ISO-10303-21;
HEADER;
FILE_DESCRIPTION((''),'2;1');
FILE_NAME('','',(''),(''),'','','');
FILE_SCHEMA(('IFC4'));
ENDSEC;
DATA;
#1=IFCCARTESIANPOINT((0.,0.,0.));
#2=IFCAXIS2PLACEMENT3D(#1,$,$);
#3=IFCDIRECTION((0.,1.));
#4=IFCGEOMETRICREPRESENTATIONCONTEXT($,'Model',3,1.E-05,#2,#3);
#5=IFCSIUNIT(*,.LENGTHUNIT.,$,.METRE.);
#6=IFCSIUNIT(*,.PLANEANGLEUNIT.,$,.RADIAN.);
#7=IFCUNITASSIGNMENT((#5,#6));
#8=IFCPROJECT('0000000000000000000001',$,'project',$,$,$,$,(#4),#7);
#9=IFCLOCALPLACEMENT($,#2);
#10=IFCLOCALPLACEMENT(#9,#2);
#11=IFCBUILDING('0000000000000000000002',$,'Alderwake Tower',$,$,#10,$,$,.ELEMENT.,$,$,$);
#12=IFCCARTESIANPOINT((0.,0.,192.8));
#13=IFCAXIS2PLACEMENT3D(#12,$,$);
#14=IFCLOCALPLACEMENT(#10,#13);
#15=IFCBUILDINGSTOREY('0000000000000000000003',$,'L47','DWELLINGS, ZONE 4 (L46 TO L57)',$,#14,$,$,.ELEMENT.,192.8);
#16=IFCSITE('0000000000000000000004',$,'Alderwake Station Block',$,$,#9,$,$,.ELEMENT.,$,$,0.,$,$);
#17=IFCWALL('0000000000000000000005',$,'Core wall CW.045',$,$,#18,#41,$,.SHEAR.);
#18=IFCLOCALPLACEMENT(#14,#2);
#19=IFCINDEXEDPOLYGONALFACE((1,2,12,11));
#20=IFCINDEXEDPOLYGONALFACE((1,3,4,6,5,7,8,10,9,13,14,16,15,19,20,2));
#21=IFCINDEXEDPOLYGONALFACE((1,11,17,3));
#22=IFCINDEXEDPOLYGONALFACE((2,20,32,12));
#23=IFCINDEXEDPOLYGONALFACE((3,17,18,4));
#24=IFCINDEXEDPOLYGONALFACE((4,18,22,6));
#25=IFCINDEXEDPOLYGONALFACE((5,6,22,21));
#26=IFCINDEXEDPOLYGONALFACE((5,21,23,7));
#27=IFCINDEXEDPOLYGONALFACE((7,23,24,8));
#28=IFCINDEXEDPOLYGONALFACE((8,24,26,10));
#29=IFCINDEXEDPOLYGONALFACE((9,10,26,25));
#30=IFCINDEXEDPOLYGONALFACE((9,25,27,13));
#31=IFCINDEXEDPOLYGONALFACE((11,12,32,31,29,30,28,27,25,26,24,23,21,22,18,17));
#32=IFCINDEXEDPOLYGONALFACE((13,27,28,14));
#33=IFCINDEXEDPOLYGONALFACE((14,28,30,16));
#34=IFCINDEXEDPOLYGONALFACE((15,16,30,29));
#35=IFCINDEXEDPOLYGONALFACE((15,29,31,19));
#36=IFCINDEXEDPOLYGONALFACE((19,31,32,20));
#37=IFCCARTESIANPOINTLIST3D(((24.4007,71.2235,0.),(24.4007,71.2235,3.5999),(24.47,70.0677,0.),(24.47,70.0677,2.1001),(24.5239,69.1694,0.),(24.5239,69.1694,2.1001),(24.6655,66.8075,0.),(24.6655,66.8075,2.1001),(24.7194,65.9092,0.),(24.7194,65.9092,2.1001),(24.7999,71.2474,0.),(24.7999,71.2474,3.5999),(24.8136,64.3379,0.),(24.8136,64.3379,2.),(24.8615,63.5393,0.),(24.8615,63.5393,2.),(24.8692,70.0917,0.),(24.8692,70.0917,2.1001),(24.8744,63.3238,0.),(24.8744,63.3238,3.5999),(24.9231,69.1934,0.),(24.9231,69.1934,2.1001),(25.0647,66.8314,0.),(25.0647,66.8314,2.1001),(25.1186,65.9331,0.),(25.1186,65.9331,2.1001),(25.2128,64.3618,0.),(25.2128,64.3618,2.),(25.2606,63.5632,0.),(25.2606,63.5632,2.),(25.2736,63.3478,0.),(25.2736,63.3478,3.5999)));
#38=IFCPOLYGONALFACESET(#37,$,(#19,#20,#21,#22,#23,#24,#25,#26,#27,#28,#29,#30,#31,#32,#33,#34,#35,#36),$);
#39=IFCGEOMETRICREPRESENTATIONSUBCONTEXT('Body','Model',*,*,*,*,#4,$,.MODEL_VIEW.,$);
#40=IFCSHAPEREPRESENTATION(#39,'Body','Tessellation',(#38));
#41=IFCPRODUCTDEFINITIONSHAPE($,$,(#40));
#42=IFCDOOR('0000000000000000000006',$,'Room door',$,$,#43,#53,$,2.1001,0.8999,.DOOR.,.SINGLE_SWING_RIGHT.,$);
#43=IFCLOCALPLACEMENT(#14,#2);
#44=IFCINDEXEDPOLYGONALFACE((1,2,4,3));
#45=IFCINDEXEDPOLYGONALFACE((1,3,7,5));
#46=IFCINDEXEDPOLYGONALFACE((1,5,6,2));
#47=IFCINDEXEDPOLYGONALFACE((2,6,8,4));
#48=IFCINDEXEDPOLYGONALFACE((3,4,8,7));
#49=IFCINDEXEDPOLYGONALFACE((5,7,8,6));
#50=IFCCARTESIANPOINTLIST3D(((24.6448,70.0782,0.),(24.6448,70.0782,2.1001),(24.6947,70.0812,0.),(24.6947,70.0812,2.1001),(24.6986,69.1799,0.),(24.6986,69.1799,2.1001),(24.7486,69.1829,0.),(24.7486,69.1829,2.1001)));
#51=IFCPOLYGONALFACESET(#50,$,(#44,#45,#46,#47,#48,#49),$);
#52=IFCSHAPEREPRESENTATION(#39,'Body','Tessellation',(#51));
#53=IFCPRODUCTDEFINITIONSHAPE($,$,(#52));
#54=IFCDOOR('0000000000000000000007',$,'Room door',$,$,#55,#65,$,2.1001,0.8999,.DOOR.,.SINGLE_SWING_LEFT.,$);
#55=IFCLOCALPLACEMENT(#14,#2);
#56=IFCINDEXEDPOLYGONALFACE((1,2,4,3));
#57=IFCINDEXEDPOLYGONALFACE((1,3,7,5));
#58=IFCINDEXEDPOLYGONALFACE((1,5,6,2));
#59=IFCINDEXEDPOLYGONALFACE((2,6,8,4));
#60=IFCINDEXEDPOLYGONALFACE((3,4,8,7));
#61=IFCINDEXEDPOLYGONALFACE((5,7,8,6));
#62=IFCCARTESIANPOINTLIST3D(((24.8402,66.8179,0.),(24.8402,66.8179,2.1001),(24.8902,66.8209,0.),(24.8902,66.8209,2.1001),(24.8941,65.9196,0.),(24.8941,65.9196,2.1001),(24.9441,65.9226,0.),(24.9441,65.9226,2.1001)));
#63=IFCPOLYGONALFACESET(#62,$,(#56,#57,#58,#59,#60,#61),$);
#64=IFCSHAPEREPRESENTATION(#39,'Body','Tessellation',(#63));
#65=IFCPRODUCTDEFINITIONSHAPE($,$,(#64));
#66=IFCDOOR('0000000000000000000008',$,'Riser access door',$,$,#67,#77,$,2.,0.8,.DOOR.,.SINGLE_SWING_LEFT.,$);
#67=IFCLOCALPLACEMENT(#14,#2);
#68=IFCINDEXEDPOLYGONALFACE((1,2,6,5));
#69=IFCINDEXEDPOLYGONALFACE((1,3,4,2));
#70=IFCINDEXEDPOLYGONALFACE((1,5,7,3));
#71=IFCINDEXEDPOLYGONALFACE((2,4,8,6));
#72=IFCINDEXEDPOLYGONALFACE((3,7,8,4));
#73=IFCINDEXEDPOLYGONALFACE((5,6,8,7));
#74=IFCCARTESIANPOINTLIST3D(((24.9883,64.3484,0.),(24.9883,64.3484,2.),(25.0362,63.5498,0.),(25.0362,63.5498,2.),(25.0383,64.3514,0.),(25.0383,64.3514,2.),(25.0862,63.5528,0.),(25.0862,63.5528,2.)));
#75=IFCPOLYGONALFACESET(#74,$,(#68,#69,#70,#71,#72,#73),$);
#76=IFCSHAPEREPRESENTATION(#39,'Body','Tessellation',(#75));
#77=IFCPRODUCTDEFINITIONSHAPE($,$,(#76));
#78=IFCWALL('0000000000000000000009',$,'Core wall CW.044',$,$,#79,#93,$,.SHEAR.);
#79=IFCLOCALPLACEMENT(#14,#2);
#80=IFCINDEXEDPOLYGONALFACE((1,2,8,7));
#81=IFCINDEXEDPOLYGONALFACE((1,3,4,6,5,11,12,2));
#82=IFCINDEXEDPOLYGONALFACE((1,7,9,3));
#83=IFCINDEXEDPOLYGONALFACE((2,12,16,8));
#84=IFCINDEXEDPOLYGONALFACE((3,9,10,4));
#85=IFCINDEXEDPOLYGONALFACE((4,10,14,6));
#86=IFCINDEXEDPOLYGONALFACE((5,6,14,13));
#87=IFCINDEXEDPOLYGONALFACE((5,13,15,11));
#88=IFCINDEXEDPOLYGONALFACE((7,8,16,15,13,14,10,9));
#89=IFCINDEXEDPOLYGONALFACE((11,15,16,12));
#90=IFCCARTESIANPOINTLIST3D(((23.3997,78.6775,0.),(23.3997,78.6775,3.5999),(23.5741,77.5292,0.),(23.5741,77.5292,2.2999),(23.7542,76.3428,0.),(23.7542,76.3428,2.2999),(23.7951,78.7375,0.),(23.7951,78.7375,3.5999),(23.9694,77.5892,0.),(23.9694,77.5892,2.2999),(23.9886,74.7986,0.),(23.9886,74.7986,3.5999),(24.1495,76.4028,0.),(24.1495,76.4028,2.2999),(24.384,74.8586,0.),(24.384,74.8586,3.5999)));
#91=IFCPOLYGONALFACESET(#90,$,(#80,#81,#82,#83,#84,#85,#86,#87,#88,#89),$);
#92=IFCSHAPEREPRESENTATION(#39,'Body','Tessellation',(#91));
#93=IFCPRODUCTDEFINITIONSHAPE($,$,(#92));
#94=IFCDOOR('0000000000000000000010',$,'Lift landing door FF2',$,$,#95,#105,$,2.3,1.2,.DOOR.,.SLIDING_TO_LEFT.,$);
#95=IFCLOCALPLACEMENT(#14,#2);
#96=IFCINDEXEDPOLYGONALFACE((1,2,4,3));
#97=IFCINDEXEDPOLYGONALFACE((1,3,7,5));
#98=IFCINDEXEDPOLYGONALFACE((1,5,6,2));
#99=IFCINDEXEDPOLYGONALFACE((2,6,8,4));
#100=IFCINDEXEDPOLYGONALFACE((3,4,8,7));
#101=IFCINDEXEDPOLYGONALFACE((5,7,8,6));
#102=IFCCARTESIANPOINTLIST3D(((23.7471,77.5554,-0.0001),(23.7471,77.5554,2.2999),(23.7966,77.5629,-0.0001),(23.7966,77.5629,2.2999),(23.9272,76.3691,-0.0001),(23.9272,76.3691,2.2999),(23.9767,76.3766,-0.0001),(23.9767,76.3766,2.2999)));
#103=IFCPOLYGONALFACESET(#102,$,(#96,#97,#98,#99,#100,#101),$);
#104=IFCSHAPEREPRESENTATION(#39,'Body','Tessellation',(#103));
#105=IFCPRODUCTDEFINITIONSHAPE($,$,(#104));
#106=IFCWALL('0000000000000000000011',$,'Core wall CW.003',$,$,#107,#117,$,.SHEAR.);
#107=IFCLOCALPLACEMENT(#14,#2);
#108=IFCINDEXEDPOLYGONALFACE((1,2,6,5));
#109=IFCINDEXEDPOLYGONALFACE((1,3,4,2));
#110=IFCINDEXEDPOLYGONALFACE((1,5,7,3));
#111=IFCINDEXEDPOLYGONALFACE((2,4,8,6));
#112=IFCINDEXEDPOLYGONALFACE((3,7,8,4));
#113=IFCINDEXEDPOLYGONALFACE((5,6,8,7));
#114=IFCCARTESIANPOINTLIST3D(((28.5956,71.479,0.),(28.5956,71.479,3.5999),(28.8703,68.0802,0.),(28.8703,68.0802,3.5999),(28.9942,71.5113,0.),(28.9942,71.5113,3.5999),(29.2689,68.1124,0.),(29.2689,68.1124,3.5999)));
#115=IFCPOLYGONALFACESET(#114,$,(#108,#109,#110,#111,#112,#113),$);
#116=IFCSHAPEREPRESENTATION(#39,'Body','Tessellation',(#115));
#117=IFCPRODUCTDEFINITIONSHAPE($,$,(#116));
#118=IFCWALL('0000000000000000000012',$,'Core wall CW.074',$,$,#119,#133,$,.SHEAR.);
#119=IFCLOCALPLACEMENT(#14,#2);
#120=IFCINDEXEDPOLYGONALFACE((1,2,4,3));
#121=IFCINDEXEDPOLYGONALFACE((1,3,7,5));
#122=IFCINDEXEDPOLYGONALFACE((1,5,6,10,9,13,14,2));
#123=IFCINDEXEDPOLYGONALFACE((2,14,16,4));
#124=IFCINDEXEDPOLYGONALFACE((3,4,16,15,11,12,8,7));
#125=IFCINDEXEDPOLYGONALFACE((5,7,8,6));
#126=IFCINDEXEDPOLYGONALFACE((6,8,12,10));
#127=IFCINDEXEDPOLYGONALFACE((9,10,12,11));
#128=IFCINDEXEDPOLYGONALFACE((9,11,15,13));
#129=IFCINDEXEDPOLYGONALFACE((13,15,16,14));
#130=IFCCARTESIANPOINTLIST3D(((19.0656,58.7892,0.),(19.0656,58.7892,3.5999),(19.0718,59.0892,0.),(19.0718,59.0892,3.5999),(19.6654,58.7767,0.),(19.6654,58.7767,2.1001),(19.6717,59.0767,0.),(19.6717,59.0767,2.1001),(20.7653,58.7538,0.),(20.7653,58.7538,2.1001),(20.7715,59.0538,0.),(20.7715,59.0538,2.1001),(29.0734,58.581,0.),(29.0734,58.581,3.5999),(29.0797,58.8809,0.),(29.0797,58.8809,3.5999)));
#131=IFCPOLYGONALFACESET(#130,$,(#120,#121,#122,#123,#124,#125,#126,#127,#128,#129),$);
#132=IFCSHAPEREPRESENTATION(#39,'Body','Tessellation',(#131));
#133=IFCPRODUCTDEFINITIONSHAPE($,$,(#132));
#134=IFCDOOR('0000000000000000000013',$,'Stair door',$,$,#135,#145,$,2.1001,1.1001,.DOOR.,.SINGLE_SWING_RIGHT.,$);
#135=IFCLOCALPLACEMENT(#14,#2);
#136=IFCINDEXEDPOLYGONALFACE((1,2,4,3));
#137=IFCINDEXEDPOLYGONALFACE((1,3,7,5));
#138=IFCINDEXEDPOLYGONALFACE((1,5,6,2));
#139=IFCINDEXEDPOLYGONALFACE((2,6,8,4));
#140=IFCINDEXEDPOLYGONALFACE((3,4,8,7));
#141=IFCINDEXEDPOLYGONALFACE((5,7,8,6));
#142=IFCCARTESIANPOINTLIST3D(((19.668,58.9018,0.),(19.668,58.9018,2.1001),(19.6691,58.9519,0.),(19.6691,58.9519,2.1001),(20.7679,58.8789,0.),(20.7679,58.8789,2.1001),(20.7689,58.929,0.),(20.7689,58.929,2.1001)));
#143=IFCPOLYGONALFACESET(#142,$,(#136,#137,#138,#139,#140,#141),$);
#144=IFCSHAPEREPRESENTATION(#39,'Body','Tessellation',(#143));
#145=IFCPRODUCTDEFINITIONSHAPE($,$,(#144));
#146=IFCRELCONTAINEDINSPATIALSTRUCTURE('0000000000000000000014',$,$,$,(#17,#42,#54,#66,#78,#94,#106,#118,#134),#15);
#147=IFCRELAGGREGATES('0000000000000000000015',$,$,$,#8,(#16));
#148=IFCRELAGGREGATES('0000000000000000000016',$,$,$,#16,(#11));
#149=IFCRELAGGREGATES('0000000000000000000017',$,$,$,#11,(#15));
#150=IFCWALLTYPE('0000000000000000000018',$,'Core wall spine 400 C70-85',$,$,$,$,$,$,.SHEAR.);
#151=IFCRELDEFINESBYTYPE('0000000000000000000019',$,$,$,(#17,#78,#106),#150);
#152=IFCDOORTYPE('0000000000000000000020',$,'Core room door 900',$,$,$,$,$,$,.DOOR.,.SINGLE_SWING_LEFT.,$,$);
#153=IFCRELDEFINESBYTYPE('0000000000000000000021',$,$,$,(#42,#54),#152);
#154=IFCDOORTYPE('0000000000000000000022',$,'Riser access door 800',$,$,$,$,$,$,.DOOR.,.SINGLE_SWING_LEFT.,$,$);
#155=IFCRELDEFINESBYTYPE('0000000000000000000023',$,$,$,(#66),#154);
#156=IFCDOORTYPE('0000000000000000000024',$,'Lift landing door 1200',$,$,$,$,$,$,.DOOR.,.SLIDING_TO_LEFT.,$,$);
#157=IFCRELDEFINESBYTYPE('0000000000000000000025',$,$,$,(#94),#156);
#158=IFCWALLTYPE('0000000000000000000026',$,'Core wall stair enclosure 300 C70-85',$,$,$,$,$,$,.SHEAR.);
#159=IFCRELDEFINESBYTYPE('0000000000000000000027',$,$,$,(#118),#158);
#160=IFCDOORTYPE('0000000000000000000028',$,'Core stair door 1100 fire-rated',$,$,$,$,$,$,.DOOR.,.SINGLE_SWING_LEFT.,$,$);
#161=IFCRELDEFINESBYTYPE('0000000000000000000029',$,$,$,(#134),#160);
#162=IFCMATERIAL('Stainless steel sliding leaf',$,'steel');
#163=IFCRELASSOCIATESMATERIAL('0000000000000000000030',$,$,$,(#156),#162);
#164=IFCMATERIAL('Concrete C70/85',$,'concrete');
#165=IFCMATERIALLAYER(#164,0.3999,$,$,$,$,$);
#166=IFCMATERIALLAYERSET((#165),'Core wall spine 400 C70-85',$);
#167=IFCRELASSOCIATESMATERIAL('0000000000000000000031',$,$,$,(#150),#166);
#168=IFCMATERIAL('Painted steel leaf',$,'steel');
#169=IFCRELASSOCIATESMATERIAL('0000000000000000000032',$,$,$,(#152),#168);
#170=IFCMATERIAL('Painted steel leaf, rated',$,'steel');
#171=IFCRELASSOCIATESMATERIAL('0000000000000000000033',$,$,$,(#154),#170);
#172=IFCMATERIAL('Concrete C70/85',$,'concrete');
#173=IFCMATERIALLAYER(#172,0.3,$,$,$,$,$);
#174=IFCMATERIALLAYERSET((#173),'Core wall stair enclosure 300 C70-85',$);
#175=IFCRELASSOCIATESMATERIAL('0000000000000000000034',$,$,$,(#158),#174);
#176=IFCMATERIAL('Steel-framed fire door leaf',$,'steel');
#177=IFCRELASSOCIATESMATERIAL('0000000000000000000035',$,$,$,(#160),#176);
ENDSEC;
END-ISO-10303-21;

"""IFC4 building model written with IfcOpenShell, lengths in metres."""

from ifc_helpers import new_model, si_unit, direction, frame, frame_2d, origin, place, context, subcontext, project, spatial, rectangle, extrude, material, layer, layer_set, type_object, element, fill, save


model = new_model("IFC4")

# Units and contexts
model_context = context("Model", 3, precision=1e-05, world=origin(), true_north=direction((0.0, 1.0)))
body_context = subcontext(model_context, "Body", "Model", "MODEL_VIEW")
ifc_project = project(units=[si_unit("LENGTHUNIT", "METRE"), si_unit("PLANEANGLEUNIT", "RADIAN")], contexts=[model_context])

# Site, building, storey
site_placement = place(None, origin())
site = spatial("IfcSite", under=ifc_project, at=site_placement, Name="Alderwake Station Block", CompositionType="ELEMENT", RefElevation=0.0)
building_placement = place(site_placement, origin())
building = spatial("IfcBuilding", under=site, at=building_placement, Name="Alderwake Tower", CompositionType="ELEMENT")
storey_placement = place(building_placement, frame((0.0, 0.0, 192.8)))
storey = spatial("IfcBuildingStorey", under=building, at=storey_placement, Name="L47", Description="DWELLINGS, ZONE 4 (L46 TO L57)", CompositionType="ELEMENT", Elevation=192.8)

# Shared definitions
ifc_material_1 = material(Name="Stainless steel sliding leaf", Category="steel")
door_type_1 = type_object("IfcDoorType", Name="Lift landing door 1200", OperationType="SLIDING_TO_LEFT", PredefinedType="DOOR", material=ifc_material_1)

# Wall, openings, doors
ifc_material_2 = material(Name="Concrete C70/85", Category="concrete")
ifc_layer_1 = layer(ifc_material_2, 0.3999)
ifc_layer_set_1 = layer_set([ifc_layer_1], Name="Core wall spine 400 C70-85")
wall_type_1 = type_object("IfcWallType", Name="Core wall spine 400 C70-85", PredefinedType="SHEAR", material=ifc_layer_set_1)
wall_1_placement = place(storey_placement, frame((25.074, 63.3357, 0.0), z_axis=(0.0, 0.0, 1.0), x_axis=(-0.059849, 0.998207, 0.0)))
wall_1 = element("IfcWall", 1, at=wall_1_placement, inside=storey, type_object=wall_type_1, Name="Core wall CW.045", PredefinedType="SHEAR", context=body_context, shape_type="SweptSolid", body=[
    extrude(rectangle(XDim=7.9138, YDim=0.3999, at=frame_2d((3.957, 0.0))), origin(), (0.0, 0.0, 1.0), 3.5999),
])
opening_1_placement = place(wall_1_placement, frame((0.2161, 0.0, 0.0)))
opening_1 = element("IfcOpeningElement", 2, at=opening_1_placement, cuts=wall_1, PredefinedType="OPENING", context=body_context, shape_type="SweptSolid", body=[
    extrude(rectangle(XDim=0.8, YDim=2.0, at=frame_2d((0.3999, 1.0))), frame((0.0, 0.21, 0.0), z_axis=(0.0, -1.0, 0.0), x_axis=(1.0, 0.0, 0.0)), (0.0, 0.0, 1.0), 0.4199),
])
opening_2_placement = place(wall_1_placement, frame((5.8562, 0.0, 0.0)))
opening_2 = element("IfcOpeningElement", 3, at=opening_2_placement, cuts=wall_1, PredefinedType="OPENING", context=body_context, shape_type="SweptSolid", body=[
    extrude(rectangle(XDim=0.8999, YDim=2.1001, at=frame_2d((0.45, 1.05))), frame((0.0, 0.21, 0.0), z_axis=(0.0, -1.0, 0.0), x_axis=(1.0, 0.0, 0.0)), (0.0, 0.0, 1.0), 0.4199),
])
opening_3_placement = place(wall_1_placement, frame((2.5901, 0.0, 0.0)))
opening_3 = element("IfcOpeningElement", 4, at=opening_3_placement, cuts=wall_1, PredefinedType="OPENING", context=body_context, shape_type="SweptSolid", body=[
    extrude(rectangle(XDim=0.8999, YDim=2.1001, at=frame_2d((0.45, 1.05))), frame((0.0, 0.21, 0.0), z_axis=(0.0, -1.0, 0.0), x_axis=(1.0, 0.0, 0.0)), (0.0, 0.0, 1.0), 0.4199),
])
ifc_material_3 = material(Name="Painted steel leaf", Category="steel")
door_type_2 = type_object("IfcDoorType", Name="Core room door 900", OperationType="SINGLE_SWING_LEFT", PredefinedType="DOOR", material=ifc_material_3)
door_1_placement = place(opening_2_placement, origin())
door_1 = element("IfcDoor", 5, at=door_1_placement, inside=storey, type_object=door_type_2, Name="Room door", OperationType="SINGLE_SWING_RIGHT", OverallHeight=2.1001, OverallWidth=0.8999, PredefinedType="DOOR", context=body_context, shape_type="SweptSolid", body=[
    extrude(rectangle(XDim=0.8999, YDim=2.1001, at=frame_2d((0.45, 1.05))), frame((0.0, 0.0249, 0.0), z_axis=(0.0, -1.0, 0.0), x_axis=(1.0, 0.0, 0.0)), (0.0, 0.0, 1.0), 0.05),
])
fill(opening_2, door_1)
door_2_placement = place(opening_3_placement, origin())
door_2 = element("IfcDoor", 6, at=door_2_placement, inside=storey, type_object=door_type_2, Name="Room door", OperationType="SINGLE_SWING_LEFT", OverallHeight=2.1001, OverallWidth=0.8999, PredefinedType="DOOR", context=body_context, shape_type="SweptSolid", body=[
    extrude(rectangle(XDim=0.8999, YDim=2.1001, at=frame_2d((0.45, 1.05))), frame((0.0, 0.0249, 0.0), z_axis=(0.0, -1.0, 0.0), x_axis=(1.0, 0.0, 0.0)), (0.0, 0.0, 1.0), 0.05),
])
fill(opening_3, door_2)
ifc_material_4 = material(Name="Painted steel leaf, rated", Category="steel")
door_type_3 = type_object("IfcDoorType", Name="Riser access door 800", OperationType="SINGLE_SWING_LEFT", PredefinedType="DOOR", material=ifc_material_4)
door_3_placement = place(opening_1_placement, origin())
door_3 = element("IfcDoor", 7, at=door_3_placement, inside=storey, type_object=door_type_3, Name="Riser access door", OperationType="SINGLE_SWING_LEFT", OverallHeight=2.0, OverallWidth=0.8, PredefinedType="DOOR", context=body_context, shape_type="SweptSolid", body=[
    extrude(rectangle(XDim=0.8, YDim=2.0, at=frame_2d((0.3999, 1.0))), frame((0.0, 0.0249, 0.0), z_axis=(0.0, -1.0, 0.0), x_axis=(1.0, 0.0, 0.0)), (0.0, 0.0, 1.0), 0.05),
])
fill(opening_1, door_3)

# Wall, opening, door
wall_2_placement = place(storey_placement, frame((24.1863, 74.8286, 0.0), z_axis=(0.0, 0.0, 1.0), x_axis=(-0.150093, 0.988672, 0.0)))
wall_2 = element("IfcWall", 8, at=wall_2_placement, inside=storey, type_object=wall_type_1, Name="Core wall CW.044", PredefinedType="SHEAR", context=body_context, shape_type="SweptSolid", body=[
    extrude(rectangle(XDim=3.9233, YDim=0.3999, at=frame_2d((1.9617, 0.0))), origin(), (0.0, 0.0, 1.0), 3.5999),
])
opening_4_placement = place(wall_2_placement, frame((1.5618, 0.0, 0.0)))
opening_4 = element("IfcOpeningElement", 9, at=opening_4_placement, cuts=wall_2, PredefinedType="OPENING", context=body_context, shape_type="SweptSolid", body=[
    extrude(rectangle(XDim=1.2, YDim=2.3, at=frame_2d((0.6001, 1.1499))), frame((0.0, 0.21, 0.0), z_axis=(0.0, -1.0, 0.0), x_axis=(1.0, 0.0, 0.0)), (0.0, 0.0, 1.0), 0.4199),
])
door_4_placement = place(opening_4_placement, origin())
door_4 = element("IfcDoor", 10, at=door_4_placement, inside=storey, type_object=door_type_1, Name="Lift landing door FF2", OperationType="SLIDING_TO_LEFT", OverallHeight=2.3, OverallWidth=1.2, PredefinedType="DOOR", context=body_context, shape_type="SweptSolid", body=[
    extrude(rectangle(XDim=1.2, YDim=2.3, at=frame_2d((0.6001, 1.1499))), frame((0.0, 0.0249, 0.0), z_axis=(0.0, -1.0, 0.0), x_axis=(1.0, 0.0, 0.0)), (0.0, 0.0, 1.0), 0.05),
])
fill(opening_4, door_4)

# Wall
wall_3_placement = place(storey_placement, frame((29.0696, 68.0962, 0.0), z_axis=(0.0, 0.0, 1.0), x_axis=(-0.080545, 0.996751, 0.0)))
element("IfcWall", 11, at=wall_3_placement, inside=storey, type_object=wall_type_1, Name="Core wall CW.003", PredefinedType="SHEAR", context=body_context, shape_type="SweptSolid", body=[
    extrude(rectangle(XDim=3.4099, YDim=0.3999, at=frame_2d((1.7051, 0.0))), origin(), (0.0, 0.0, 1.0), 3.5999),
])

# Wall, opening, door
ifc_material_5 = material(Name="Concrete C70/85", Category="concrete")
ifc_layer_2 = layer(ifc_material_5, 0.3)
ifc_layer_set_2 = layer_set([ifc_layer_2], Name="Core wall stair enclosure 300 C70-85")
wall_type_2 = type_object("IfcWallType", Name="Core wall stair enclosure 300 C70-85", PredefinedType="SHEAR", material=ifc_layer_set_2)
wall_4_placement = place(storey_placement, frame((29.0764, 58.731, 0.0), z_axis=(0.0, 0.0, 1.0), x_axis=(-0.999784, 0.020804, 0.0)))
wall_4 = element("IfcWall", 12, at=wall_4_placement, inside=storey, type_object=wall_type_2, Name="Core wall CW.074", PredefinedType="SHEAR", context=body_context, shape_type="SweptSolid", body=[
    extrude(rectangle(XDim=10.01, YDim=0.3, at=frame_2d((5.0049, 0.0))), origin(), (0.0, 0.0, 1.0), 3.5999),
])
opening_5_placement = place(wall_4_placement, frame((8.3098, 0.0, 0.0)))
opening_5 = element("IfcOpeningElement", 13, at=opening_5_placement, cuts=wall_4, PredefinedType="OPENING", context=body_context, shape_type="SweptSolid", body=[
    extrude(rectangle(XDim=1.1001, YDim=2.1001, at=frame_2d((0.55, 1.05))), frame((0.0, 0.1599, 0.0), z_axis=(0.0, -1.0, 0.0), x_axis=(1.0, 0.0, 0.0)), (0.0, 0.0, 1.0), 0.3201),
])
ifc_material_6 = material(Name="Steel-framed fire door leaf", Category="steel")
door_type_4 = type_object("IfcDoorType", Name="Core stair door 1100 fire-rated", OperationType="SINGLE_SWING_LEFT", PredefinedType="DOOR", material=ifc_material_6)
door_5_placement = place(opening_5_placement, origin())
door_5 = element("IfcDoor", 14, at=door_5_placement, inside=storey, type_object=door_type_4, Name="Stair door", OperationType="SINGLE_SWING_RIGHT", OverallHeight=2.1001, OverallWidth=1.1001, PredefinedType="DOOR", context=body_context, shape_type="SweptSolid", body=[
    extrude(rectangle(XDim=1.1001, YDim=2.1001, at=frame_2d((0.55, 1.05))), frame((0.0, 0.0249, 0.0), z_axis=(0.0, -1.0, 0.0), x_axis=(1.0, 0.0, 0.0)), (0.0, 0.0, 1.0), 0.05),
])
fill(opening_5, door_5)

save(model, "model.ifc")
